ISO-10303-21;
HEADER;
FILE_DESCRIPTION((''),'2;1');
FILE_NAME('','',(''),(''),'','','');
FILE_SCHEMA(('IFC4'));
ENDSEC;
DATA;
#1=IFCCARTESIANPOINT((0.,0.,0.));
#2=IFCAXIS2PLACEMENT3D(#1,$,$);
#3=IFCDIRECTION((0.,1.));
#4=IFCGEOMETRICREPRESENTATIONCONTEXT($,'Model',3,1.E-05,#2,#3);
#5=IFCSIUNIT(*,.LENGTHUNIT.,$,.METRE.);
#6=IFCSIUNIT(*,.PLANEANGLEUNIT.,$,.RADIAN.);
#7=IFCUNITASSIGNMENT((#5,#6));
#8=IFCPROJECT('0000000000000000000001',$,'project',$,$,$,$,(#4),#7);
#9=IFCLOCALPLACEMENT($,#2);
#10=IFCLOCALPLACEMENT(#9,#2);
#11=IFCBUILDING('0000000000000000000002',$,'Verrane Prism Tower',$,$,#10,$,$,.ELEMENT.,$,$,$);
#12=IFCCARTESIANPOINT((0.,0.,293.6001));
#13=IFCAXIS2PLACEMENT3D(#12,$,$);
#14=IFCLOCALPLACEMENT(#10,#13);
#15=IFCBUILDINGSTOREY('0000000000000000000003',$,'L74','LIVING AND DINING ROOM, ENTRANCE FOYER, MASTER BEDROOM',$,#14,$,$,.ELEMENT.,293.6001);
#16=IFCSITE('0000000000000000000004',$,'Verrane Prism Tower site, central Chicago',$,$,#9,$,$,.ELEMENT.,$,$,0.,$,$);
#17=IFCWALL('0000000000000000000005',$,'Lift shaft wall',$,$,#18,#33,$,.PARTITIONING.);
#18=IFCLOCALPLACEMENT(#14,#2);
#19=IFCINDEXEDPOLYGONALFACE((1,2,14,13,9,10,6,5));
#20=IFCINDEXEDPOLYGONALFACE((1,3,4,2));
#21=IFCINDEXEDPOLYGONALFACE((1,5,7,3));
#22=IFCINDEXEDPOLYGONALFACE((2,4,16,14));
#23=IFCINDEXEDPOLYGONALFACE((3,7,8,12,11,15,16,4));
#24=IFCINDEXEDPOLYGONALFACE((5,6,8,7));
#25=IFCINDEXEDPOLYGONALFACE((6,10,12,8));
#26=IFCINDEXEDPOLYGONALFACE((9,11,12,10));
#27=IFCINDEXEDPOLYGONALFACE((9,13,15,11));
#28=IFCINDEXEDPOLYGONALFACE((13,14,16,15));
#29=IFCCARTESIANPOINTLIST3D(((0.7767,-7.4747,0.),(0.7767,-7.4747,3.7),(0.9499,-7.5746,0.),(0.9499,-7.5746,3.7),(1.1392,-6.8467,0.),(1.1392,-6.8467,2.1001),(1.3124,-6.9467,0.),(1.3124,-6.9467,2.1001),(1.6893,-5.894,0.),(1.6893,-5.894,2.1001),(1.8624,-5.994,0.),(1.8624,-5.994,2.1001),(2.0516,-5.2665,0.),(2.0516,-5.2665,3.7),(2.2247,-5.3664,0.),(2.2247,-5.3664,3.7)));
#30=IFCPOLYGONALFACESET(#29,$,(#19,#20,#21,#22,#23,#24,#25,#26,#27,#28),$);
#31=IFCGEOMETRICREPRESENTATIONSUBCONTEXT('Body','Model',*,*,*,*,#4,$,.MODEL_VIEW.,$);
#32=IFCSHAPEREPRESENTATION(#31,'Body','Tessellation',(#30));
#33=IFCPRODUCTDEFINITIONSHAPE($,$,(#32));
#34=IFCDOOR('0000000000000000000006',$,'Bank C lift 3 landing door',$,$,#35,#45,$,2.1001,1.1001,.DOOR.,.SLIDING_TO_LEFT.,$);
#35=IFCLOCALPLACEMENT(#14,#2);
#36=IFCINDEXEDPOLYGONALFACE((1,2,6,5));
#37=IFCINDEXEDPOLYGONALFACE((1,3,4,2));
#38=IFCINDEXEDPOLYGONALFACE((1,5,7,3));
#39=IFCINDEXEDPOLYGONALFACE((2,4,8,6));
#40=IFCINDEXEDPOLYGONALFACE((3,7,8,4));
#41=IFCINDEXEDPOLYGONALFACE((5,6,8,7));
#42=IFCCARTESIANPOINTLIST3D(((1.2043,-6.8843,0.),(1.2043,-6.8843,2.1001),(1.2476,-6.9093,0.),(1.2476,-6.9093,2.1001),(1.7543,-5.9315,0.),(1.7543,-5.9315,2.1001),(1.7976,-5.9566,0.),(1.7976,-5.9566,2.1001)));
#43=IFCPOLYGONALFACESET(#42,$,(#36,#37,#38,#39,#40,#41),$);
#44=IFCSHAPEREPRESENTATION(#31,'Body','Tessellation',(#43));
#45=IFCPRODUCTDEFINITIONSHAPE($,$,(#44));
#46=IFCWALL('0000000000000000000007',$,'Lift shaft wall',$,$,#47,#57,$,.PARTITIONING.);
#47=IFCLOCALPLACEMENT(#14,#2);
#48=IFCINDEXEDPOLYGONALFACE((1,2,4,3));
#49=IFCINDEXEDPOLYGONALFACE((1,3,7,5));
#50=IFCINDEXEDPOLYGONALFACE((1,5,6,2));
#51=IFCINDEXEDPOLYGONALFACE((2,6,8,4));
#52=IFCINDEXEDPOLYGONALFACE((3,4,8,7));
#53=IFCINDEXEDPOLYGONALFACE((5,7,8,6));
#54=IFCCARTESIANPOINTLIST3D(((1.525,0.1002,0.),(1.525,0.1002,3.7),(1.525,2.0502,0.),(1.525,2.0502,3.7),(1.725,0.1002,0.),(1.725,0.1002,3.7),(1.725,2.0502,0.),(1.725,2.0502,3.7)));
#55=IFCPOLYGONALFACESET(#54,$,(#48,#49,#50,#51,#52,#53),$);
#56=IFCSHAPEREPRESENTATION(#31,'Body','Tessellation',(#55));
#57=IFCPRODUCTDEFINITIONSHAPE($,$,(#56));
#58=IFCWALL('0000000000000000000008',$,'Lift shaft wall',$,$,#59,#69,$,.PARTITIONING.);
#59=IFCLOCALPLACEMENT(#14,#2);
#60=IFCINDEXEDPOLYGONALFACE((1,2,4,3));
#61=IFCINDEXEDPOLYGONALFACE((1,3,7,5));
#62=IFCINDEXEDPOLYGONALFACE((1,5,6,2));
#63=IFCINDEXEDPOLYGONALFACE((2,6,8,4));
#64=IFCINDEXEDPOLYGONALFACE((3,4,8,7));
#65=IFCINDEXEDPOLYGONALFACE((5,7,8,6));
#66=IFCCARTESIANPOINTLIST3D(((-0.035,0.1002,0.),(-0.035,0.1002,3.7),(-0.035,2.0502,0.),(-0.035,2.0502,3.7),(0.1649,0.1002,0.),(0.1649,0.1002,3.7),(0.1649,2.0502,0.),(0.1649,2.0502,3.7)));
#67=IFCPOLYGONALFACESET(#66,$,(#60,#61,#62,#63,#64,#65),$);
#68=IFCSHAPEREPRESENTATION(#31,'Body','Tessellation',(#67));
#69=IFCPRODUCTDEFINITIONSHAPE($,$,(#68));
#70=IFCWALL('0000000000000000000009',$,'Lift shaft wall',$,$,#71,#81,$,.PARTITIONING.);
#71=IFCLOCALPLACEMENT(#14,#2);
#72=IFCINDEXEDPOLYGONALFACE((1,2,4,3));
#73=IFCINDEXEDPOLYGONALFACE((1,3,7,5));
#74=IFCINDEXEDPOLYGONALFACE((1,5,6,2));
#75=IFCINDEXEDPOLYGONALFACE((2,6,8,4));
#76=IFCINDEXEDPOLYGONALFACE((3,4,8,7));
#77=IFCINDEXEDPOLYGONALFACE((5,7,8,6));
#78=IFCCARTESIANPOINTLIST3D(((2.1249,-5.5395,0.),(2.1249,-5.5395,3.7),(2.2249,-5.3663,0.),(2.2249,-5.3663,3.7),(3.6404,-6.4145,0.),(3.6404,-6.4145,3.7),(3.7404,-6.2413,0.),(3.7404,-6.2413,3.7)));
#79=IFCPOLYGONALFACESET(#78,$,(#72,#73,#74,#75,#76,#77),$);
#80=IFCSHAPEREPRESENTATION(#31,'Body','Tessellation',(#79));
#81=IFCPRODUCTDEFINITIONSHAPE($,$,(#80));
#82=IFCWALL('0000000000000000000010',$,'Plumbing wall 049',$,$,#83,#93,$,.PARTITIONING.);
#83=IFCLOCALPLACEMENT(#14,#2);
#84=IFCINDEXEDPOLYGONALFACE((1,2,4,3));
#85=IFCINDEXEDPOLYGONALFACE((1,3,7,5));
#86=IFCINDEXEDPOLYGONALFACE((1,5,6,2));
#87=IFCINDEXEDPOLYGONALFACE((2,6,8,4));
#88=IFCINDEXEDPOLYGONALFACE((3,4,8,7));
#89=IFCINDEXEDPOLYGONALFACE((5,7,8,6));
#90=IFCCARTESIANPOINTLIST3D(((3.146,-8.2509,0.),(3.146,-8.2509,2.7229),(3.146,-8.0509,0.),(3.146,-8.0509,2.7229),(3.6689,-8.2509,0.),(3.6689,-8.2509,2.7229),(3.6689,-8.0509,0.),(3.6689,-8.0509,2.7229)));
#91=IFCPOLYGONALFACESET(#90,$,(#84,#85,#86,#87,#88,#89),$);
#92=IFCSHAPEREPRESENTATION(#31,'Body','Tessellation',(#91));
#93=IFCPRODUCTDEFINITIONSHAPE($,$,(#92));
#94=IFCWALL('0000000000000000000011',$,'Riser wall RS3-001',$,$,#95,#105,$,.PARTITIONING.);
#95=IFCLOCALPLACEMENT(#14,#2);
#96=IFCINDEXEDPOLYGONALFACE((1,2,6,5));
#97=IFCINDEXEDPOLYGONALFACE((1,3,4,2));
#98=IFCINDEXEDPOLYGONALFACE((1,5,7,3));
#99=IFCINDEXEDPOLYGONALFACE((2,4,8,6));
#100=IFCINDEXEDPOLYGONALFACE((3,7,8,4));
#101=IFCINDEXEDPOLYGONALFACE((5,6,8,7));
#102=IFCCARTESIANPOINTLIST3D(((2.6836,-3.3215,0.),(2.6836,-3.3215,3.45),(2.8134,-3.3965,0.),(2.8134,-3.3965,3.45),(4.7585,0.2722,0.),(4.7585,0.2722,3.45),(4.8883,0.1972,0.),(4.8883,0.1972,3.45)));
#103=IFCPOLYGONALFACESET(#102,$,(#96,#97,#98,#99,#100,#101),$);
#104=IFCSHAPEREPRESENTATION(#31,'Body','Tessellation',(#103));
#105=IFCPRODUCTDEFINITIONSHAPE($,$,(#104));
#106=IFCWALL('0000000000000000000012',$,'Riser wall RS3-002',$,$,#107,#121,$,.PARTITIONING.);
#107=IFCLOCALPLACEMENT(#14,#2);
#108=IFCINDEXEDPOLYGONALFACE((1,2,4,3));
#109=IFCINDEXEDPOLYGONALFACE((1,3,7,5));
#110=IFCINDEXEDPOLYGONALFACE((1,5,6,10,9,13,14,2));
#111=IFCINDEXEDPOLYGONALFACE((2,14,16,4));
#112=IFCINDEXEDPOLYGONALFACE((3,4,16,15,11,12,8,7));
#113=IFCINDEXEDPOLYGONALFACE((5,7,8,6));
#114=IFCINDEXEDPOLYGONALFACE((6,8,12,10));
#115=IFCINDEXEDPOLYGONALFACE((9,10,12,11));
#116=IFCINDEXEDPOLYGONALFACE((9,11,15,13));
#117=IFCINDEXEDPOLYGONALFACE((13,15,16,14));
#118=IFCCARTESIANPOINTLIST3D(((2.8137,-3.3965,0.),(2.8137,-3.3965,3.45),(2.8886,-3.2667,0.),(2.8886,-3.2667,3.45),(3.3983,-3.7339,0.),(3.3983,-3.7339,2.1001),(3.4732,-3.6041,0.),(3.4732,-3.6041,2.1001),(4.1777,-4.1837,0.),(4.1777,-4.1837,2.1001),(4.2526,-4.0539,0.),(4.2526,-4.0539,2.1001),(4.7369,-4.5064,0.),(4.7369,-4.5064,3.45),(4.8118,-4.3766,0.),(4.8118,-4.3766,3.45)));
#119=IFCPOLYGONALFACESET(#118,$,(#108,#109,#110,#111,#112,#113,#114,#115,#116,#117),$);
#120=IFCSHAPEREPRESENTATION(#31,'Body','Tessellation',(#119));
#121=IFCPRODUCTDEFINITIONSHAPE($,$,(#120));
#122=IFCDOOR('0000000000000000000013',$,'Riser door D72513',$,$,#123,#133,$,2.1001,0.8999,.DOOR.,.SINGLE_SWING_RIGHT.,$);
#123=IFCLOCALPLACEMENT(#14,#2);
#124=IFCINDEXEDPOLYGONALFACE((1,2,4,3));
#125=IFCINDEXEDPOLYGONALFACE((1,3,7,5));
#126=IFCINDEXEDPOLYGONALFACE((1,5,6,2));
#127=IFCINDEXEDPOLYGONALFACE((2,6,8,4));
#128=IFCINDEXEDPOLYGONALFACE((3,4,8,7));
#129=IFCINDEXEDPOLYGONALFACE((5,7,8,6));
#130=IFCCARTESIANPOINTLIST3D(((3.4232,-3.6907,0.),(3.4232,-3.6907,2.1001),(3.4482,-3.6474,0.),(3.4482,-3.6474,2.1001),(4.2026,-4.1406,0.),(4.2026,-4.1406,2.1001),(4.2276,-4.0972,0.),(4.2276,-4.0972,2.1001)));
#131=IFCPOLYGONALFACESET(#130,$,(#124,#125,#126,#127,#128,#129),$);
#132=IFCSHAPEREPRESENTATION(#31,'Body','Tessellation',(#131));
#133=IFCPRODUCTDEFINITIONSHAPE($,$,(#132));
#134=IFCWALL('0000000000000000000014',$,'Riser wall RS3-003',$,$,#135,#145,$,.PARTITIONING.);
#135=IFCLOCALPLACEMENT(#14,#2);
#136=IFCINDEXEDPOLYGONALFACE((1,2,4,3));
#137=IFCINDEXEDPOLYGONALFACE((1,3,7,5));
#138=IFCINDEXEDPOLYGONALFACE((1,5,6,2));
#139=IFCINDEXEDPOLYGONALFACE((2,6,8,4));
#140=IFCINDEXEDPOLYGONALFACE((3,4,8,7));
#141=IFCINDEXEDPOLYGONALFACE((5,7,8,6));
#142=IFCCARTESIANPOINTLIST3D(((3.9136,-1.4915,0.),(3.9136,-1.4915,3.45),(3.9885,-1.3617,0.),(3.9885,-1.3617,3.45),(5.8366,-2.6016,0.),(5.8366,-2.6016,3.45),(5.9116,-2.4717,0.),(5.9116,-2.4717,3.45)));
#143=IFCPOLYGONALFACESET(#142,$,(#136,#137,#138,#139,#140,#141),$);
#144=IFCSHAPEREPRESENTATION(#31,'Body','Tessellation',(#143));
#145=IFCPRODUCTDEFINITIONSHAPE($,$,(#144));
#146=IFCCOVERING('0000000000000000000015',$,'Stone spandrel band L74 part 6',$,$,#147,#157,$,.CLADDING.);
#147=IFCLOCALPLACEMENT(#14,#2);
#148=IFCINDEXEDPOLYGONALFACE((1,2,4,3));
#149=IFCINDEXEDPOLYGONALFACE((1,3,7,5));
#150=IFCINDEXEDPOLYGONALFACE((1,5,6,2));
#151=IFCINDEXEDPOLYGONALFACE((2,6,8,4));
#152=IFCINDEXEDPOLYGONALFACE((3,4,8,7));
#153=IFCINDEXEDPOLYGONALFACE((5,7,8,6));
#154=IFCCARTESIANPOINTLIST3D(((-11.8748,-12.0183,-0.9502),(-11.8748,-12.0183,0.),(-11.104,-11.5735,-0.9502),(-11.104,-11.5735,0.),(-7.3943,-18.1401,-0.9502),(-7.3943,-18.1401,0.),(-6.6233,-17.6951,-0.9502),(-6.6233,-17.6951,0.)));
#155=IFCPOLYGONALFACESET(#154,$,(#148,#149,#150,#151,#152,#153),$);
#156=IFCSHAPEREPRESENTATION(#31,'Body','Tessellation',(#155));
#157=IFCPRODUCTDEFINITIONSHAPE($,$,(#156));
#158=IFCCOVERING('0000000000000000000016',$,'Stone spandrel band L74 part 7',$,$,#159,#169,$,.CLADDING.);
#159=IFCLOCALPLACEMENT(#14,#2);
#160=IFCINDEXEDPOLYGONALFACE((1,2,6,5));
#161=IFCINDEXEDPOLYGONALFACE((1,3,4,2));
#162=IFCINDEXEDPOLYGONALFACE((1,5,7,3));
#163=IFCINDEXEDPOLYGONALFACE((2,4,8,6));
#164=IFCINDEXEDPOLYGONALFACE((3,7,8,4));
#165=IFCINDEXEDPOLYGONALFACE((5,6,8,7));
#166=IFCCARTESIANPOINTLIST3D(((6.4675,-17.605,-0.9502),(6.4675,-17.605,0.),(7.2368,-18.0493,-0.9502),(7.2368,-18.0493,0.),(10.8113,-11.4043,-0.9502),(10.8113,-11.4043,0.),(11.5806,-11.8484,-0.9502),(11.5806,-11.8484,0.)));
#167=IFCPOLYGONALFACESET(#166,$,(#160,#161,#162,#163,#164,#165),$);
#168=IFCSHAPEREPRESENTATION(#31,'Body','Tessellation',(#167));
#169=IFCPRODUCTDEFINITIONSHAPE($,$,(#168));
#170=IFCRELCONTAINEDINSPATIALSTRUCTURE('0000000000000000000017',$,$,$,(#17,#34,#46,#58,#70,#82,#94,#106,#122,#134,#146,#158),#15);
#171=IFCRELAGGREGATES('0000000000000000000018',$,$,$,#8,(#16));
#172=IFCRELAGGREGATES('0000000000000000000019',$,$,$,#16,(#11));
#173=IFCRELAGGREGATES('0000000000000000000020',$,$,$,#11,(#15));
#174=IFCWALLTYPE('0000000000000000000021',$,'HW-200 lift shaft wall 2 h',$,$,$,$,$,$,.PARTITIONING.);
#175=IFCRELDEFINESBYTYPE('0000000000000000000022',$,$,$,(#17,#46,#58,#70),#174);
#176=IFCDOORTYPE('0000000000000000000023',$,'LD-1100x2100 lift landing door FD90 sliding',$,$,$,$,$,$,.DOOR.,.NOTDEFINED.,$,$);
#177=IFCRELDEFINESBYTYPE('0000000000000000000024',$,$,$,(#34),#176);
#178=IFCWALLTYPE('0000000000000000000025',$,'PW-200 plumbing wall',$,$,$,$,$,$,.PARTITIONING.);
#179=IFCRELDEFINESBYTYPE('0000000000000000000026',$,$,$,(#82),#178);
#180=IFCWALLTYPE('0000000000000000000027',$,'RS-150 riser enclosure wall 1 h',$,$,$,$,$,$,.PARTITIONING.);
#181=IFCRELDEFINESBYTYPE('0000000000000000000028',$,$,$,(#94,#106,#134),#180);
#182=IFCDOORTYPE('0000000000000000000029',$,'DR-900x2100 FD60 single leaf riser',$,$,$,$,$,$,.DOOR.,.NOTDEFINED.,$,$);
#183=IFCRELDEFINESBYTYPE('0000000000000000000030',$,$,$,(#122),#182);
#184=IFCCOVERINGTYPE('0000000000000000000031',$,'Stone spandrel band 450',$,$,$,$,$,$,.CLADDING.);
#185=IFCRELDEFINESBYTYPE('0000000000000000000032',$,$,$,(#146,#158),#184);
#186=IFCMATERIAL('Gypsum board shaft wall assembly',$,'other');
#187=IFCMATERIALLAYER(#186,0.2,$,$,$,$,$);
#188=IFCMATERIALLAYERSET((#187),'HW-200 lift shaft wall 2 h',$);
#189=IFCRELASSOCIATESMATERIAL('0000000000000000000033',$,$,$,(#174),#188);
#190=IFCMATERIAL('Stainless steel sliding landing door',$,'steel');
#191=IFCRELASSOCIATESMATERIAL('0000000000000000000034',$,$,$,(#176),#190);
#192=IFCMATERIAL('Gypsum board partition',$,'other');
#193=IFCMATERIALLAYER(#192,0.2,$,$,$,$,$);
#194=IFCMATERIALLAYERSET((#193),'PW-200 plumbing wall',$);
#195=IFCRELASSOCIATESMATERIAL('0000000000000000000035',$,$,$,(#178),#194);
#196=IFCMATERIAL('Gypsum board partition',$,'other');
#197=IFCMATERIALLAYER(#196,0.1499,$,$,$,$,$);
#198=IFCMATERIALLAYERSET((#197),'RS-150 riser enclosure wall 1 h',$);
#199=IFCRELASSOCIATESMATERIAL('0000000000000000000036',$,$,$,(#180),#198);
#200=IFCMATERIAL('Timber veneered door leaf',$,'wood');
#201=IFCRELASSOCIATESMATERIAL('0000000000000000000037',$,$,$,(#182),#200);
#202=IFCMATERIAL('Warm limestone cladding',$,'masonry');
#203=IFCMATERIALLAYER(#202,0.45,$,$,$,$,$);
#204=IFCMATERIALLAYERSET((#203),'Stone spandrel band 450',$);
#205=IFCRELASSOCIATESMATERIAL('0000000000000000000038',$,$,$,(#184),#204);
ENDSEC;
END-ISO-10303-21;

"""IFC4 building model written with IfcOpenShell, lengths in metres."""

from ifc_helpers import new_model, si_unit, direction, frame, frame_2d, origin, place, context, subcontext, project, spatial, polyline, rectangle, outline, extrude, material, layer, layer_set, type_object, element, fill, save


model = new_model("IFC4")

# Units and contexts
model_context = context("Model", 3, precision=1e-05, world=origin(), true_north=direction((0.0, 1.0)))
body_context = subcontext(model_context, "Body", "Model", "MODEL_VIEW")
ifc_project = project(units=[si_unit("LENGTHUNIT", "METRE"), si_unit("PLANEANGLEUNIT", "RADIAN")], contexts=[model_context])

# Site, building, storey
site_placement = place(None, origin())
site = spatial("IfcSite", under=ifc_project, at=site_placement, Name="Verrane Prism Tower site, central Chicago", CompositionType="ELEMENT", RefElevation=0.0)
building_placement = place(site_placement, origin())
building = spatial("IfcBuilding", under=site, at=building_placement, Name="Verrane Prism Tower", CompositionType="ELEMENT")
storey_placement = place(building_placement, frame((0.0, 0.0, 293.6001)))
storey = spatial("IfcBuildingStorey", under=building, at=storey_placement, Name="L74", Description="LIVING AND DINING ROOM, ENTRANCE FOYER, MASTER BEDROOM", CompositionType="ELEMENT", Elevation=293.6001)

# Shared definitions
ifc_material_1 = material(Name="Gypsum board shaft wall assembly", Category="other")
ifc_layer_1 = layer(ifc_material_1, 0.2)
ifc_layer_set_1 = layer_set([ifc_layer_1], Name="HW-200 lift shaft wall 2 h")
wall_type_1 = type_object("IfcWallType", Name="HW-200 lift shaft wall 2 h", PredefinedType="PARTITIONING", material=ifc_layer_set_1)

# Wall, opening, door
wall_1_placement = place(storey_placement, frame((0.8633, -7.5247, 0.0), z_axis=(0.0, 0.0, 1.0), x_axis=(0.49999, 0.866031, 0.0)))
wall_1 = element("IfcWall", 1, at=wall_1_placement, inside=storey, type_object=wall_type_1, Name="Lift shaft wall", PredefinedType="PARTITIONING", context=body_context, shape_type="SweptSolid", body=[
    extrude(rectangle(XDim=2.5498, YDim=0.2, at=frame_2d((1.2749, 0.0))), origin(), (0.0, 0.0, 1.0), 3.7),
])
opening_1_placement = place(wall_1_placement, frame((0.7251, 0.0, 0.0)))
opening_1 = element("IfcOpeningElement", 2, at=opening_1_placement, cuts=wall_1, PredefinedType="OPENING", context=body_context, shape_type="SweptSolid", body=[
    extrude(rectangle(XDim=1.1001, YDim=2.1001, at=frame_2d((0.55, 1.05))), frame((0.0, 0.1099, 0.0), z_axis=(0.0, -1.0, 0.0), x_axis=(1.0, 0.0, 0.0)), (0.0, 0.0, 1.0), 0.22),
])
ifc_material_2 = material(Name="Stainless steel sliding landing door", Category="steel")
door_type_1 = type_object("IfcDoorType", Name="LD-1100x2100 lift landing door FD90 sliding", OperationType="NOTDEFINED", PredefinedType="DOOR", material=ifc_material_2)
door_1_placement = place(opening_1_placement, origin())
door_1 = element("IfcDoor", 3, at=door_1_placement, inside=storey, type_object=door_type_1, Name="Bank C lift 3 landing door", OperationType="SLIDING_TO_LEFT", OverallHeight=2.1001, OverallWidth=1.1001, PredefinedType="DOOR", context=body_context, shape_type="SweptSolid", body=[
    extrude(rectangle(XDim=1.1001, YDim=2.1001, at=frame_2d((0.55, 1.05))), frame((0.0, 0.0249, 0.0), z_axis=(0.0, -1.0, 0.0), x_axis=(1.0, 0.0, 0.0)), (0.0, 0.0, 1.0), 0.05),
])
fill(opening_1, door_1)

# Walls
for number, where, z_axis, x_axis, name in (
    (4, (1.625, 0.1001, 0.0), (0.0, 0.0, 1.0), (0.0, 1.0, 0.0), "Lift shaft wall"),
    (5, (0.0649, 0.1001, 0.0), (0.0, 0.0, 1.0), (0.0, 1.0, 0.0), "Lift shaft wall"),
):
    element("IfcWall", number, at=place(storey_placement, frame(where, z_axis=z_axis, x_axis=x_axis)), inside=storey, type_object=wall_type_1, Name=name, PredefinedType="PARTITIONING", context=body_context, shape_type="SweptSolid", body=[
        extrude(rectangle(XDim=1.95, YDim=0.2, at=frame_2d((0.9751, 0.0))), origin(), (0.0, 0.0, 1.0), 3.7),
    ])
wall_2_placement = place(storey_placement, frame((3.6904, -6.3279, 0.0), z_axis=(0.0, 0.0, 1.0), x_axis=(-0.866037, 0.49998, 0.0)))
element("IfcWall", 6, at=wall_2_placement, inside=storey, type_object=wall_type_1, Name="Lift shaft wall", PredefinedType="PARTITIONING", context=body_context, shape_type="SweptSolid", body=[
    extrude(rectangle(XDim=1.75, YDim=0.2, at=frame_2d((0.875, 0.0))), origin(), (0.0, 0.0, 1.0), 3.7),
])
ifc_material_3 = material(Name="Gypsum board partition", Category="other")
ifc_layer_2 = layer(ifc_material_3, 0.2)
ifc_layer_set_2 = layer_set([ifc_layer_2], Name="PW-200 plumbing wall")
wall_type_2 = type_object("IfcWallType", Name="PW-200 plumbing wall", PredefinedType="PARTITIONING", material=ifc_layer_set_2)
wall_3_placement = place(storey_placement, frame((3.146, -8.1509, 0.0), z_axis=(0.0, 0.0, 1.0), x_axis=(1.0, 0.0, 0.0)))
element("IfcWall", 7, at=wall_3_placement, inside=storey, type_object=wall_type_2, Name="Plumbing wall 049", PredefinedType="PARTITIONING", context=body_context, shape_type="SweptSolid", body=[
    extrude(rectangle(XDim=0.5229, YDim=0.2, at=frame_2d((0.2615, 0.0))), origin(), (0.0, 0.0, 1.0), 2.7229),
])
ifc_material_4 = material(Name="Gypsum board partition", Category="other")
ifc_layer_3 = layer(ifc_material_4, 0.1499)
ifc_layer_set_3 = layer_set([ifc_layer_3], Name="RS-150 riser enclosure wall 1 h")
wall_type_3 = type_object("IfcWallType", Name="RS-150 riser enclosure wall 1 h", PredefinedType="PARTITIONING", material=ifc_layer_set_3)
wall_4_placement = place(storey_placement, frame((2.7485, -3.3589, 0.0), z_axis=(0.0, 0.0, 1.0), x_axis=(0.500018, 0.866015, 0.0)))
element("IfcWall", 8, at=wall_4_placement, inside=storey, type_object=wall_type_3, Name="Riser wall RS3-001", PredefinedType="PARTITIONING", context=body_context, shape_type="SweptSolid", body=[
    extrude(rectangle(XDim=4.1497, YDim=0.1499, at=frame_2d((2.0747, 0.0))), origin(), (0.0, 0.0, 1.0), 3.45),
])

# Wall, opening, door
wall_5_placement = place(storey_placement, frame((2.8511, -3.3315, 0.0), z_axis=(0.0, 0.0, 1.0), x_axis=(0.866111, -0.499853, 0.0)))
wall_5 = element("IfcWall", 9, at=wall_5_placement, inside=storey, type_object=wall_type_3, Name="Riser wall RS3-002", PredefinedType="PARTITIONING", context=body_context, shape_type="SweptSolid", body=[
    extrude(rectangle(XDim=2.2205, YDim=0.1499, at=frame_2d((1.1104, 0.0))), origin(), (0.0, 0.0, 1.0), 3.45),
])
opening_2_placement = place(wall_5_placement, frame((0.675, 0.0, 0.0)))
opening_2 = element("IfcOpeningElement", 10, at=opening_2_placement, cuts=wall_5, PredefinedType="OPENING", context=body_context, shape_type="SweptSolid", body=[
    extrude(rectangle(XDim=0.8999, YDim=2.1001, at=frame_2d((0.45, 1.05))), frame((0.0, 0.085, 0.0), z_axis=(0.0, -1.0, 0.0), x_axis=(1.0, 0.0, 0.0)), (0.0, 0.0, 1.0), 0.1699),
])
ifc_material_5 = material(Name="Timber veneered door leaf", Category="wood")
door_type_2 = type_object("IfcDoorType", Name="DR-900x2100 FD60 single leaf riser", OperationType="NOTDEFINED", PredefinedType="DOOR", material=ifc_material_5)
door_2_placement = place(opening_2_placement, origin())
door_2 = element("IfcDoor", 11, at=door_2_placement, inside=storey, type_object=door_type_2, Name="Riser door D72513", OperationType="SINGLE_SWING_RIGHT", OverallHeight=2.1001, OverallWidth=0.8999, PredefinedType="DOOR", context=body_context, shape_type="SweptSolid", body=[
    extrude(rectangle(XDim=0.8999, YDim=2.1001, at=frame_2d((0.45, 1.05))), frame((0.0, 0.0249, 0.0), z_axis=(0.0, -1.0, 0.0), x_axis=(1.0, 0.0, 0.0)), (0.0, 0.0, 1.0), 0.05),
])
fill(opening_2, door_2)

# Wall
wall_6_placement = place(storey_placement, frame((3.9509, -1.4265, 0.0), z_axis=(0.0, 0.0, 1.0), x_axis=(0.866063, -0.499935, 0.0)))
element("IfcWall", 12, at=wall_6_placement, inside=storey, type_object=wall_type_3, Name="Riser wall RS3-003", PredefinedType="PARTITIONING", context=body_context, shape_type="SweptSolid", body=[
    extrude(rectangle(XDim=2.2205, YDim=0.1499, at=frame_2d((1.1104, 0.0))), origin(), (0.0, 0.0, 1.0), 3.45),
])

# Coverings
ifc_material_6 = material(Name="Warm limestone cladding", Category="masonry")
ifc_layer_4 = layer(ifc_material_6, 0.45)
ifc_layer_set_4 = layer_set([ifc_layer_4], Name="Stone spandrel band 450")
covering_type = type_object("IfcCoveringType", Name="Stone spandrel band 450", PredefinedType="CLADDING", material=ifc_layer_set_4)
covering_1_placement = place(storey_placement, frame((0.0, 0.0, -0.9502)))
element("IfcCovering", 13, at=covering_1_placement, inside=storey, type_object=covering_type, Name="Stone spandrel band L74 part 6", PredefinedType="CLADDING", context=body_context, shape_type="SweptSolid", body=[
    extrude(outline(polyline([(-7.3943, -18.1401), (-6.6233, -17.6951), (-11.104, -11.5735), (-11.8748, -12.0183), (-7.3943, -18.1401)])), origin(), (0.0, 0.0, 1.0), 0.9502),
])
covering_2_placement = place(storey_placement, frame((0.0, 0.0, -0.9502)))
element("IfcCovering", 14, at=covering_2_placement, inside=storey, type_object=covering_type, Name="Stone spandrel band L74 part 7", PredefinedType="CLADDING", context=body_context, shape_type="SweptSolid", body=[
    extrude(outline(polyline([(11.5806, -11.8484), (10.8113, -11.4043), (6.4675, -17.605), (7.2368, -18.0493), (11.5806, -11.8484)])), origin(), (0.0, 0.0, 1.0), 0.9502),
])

save(model, "model.ifc")
